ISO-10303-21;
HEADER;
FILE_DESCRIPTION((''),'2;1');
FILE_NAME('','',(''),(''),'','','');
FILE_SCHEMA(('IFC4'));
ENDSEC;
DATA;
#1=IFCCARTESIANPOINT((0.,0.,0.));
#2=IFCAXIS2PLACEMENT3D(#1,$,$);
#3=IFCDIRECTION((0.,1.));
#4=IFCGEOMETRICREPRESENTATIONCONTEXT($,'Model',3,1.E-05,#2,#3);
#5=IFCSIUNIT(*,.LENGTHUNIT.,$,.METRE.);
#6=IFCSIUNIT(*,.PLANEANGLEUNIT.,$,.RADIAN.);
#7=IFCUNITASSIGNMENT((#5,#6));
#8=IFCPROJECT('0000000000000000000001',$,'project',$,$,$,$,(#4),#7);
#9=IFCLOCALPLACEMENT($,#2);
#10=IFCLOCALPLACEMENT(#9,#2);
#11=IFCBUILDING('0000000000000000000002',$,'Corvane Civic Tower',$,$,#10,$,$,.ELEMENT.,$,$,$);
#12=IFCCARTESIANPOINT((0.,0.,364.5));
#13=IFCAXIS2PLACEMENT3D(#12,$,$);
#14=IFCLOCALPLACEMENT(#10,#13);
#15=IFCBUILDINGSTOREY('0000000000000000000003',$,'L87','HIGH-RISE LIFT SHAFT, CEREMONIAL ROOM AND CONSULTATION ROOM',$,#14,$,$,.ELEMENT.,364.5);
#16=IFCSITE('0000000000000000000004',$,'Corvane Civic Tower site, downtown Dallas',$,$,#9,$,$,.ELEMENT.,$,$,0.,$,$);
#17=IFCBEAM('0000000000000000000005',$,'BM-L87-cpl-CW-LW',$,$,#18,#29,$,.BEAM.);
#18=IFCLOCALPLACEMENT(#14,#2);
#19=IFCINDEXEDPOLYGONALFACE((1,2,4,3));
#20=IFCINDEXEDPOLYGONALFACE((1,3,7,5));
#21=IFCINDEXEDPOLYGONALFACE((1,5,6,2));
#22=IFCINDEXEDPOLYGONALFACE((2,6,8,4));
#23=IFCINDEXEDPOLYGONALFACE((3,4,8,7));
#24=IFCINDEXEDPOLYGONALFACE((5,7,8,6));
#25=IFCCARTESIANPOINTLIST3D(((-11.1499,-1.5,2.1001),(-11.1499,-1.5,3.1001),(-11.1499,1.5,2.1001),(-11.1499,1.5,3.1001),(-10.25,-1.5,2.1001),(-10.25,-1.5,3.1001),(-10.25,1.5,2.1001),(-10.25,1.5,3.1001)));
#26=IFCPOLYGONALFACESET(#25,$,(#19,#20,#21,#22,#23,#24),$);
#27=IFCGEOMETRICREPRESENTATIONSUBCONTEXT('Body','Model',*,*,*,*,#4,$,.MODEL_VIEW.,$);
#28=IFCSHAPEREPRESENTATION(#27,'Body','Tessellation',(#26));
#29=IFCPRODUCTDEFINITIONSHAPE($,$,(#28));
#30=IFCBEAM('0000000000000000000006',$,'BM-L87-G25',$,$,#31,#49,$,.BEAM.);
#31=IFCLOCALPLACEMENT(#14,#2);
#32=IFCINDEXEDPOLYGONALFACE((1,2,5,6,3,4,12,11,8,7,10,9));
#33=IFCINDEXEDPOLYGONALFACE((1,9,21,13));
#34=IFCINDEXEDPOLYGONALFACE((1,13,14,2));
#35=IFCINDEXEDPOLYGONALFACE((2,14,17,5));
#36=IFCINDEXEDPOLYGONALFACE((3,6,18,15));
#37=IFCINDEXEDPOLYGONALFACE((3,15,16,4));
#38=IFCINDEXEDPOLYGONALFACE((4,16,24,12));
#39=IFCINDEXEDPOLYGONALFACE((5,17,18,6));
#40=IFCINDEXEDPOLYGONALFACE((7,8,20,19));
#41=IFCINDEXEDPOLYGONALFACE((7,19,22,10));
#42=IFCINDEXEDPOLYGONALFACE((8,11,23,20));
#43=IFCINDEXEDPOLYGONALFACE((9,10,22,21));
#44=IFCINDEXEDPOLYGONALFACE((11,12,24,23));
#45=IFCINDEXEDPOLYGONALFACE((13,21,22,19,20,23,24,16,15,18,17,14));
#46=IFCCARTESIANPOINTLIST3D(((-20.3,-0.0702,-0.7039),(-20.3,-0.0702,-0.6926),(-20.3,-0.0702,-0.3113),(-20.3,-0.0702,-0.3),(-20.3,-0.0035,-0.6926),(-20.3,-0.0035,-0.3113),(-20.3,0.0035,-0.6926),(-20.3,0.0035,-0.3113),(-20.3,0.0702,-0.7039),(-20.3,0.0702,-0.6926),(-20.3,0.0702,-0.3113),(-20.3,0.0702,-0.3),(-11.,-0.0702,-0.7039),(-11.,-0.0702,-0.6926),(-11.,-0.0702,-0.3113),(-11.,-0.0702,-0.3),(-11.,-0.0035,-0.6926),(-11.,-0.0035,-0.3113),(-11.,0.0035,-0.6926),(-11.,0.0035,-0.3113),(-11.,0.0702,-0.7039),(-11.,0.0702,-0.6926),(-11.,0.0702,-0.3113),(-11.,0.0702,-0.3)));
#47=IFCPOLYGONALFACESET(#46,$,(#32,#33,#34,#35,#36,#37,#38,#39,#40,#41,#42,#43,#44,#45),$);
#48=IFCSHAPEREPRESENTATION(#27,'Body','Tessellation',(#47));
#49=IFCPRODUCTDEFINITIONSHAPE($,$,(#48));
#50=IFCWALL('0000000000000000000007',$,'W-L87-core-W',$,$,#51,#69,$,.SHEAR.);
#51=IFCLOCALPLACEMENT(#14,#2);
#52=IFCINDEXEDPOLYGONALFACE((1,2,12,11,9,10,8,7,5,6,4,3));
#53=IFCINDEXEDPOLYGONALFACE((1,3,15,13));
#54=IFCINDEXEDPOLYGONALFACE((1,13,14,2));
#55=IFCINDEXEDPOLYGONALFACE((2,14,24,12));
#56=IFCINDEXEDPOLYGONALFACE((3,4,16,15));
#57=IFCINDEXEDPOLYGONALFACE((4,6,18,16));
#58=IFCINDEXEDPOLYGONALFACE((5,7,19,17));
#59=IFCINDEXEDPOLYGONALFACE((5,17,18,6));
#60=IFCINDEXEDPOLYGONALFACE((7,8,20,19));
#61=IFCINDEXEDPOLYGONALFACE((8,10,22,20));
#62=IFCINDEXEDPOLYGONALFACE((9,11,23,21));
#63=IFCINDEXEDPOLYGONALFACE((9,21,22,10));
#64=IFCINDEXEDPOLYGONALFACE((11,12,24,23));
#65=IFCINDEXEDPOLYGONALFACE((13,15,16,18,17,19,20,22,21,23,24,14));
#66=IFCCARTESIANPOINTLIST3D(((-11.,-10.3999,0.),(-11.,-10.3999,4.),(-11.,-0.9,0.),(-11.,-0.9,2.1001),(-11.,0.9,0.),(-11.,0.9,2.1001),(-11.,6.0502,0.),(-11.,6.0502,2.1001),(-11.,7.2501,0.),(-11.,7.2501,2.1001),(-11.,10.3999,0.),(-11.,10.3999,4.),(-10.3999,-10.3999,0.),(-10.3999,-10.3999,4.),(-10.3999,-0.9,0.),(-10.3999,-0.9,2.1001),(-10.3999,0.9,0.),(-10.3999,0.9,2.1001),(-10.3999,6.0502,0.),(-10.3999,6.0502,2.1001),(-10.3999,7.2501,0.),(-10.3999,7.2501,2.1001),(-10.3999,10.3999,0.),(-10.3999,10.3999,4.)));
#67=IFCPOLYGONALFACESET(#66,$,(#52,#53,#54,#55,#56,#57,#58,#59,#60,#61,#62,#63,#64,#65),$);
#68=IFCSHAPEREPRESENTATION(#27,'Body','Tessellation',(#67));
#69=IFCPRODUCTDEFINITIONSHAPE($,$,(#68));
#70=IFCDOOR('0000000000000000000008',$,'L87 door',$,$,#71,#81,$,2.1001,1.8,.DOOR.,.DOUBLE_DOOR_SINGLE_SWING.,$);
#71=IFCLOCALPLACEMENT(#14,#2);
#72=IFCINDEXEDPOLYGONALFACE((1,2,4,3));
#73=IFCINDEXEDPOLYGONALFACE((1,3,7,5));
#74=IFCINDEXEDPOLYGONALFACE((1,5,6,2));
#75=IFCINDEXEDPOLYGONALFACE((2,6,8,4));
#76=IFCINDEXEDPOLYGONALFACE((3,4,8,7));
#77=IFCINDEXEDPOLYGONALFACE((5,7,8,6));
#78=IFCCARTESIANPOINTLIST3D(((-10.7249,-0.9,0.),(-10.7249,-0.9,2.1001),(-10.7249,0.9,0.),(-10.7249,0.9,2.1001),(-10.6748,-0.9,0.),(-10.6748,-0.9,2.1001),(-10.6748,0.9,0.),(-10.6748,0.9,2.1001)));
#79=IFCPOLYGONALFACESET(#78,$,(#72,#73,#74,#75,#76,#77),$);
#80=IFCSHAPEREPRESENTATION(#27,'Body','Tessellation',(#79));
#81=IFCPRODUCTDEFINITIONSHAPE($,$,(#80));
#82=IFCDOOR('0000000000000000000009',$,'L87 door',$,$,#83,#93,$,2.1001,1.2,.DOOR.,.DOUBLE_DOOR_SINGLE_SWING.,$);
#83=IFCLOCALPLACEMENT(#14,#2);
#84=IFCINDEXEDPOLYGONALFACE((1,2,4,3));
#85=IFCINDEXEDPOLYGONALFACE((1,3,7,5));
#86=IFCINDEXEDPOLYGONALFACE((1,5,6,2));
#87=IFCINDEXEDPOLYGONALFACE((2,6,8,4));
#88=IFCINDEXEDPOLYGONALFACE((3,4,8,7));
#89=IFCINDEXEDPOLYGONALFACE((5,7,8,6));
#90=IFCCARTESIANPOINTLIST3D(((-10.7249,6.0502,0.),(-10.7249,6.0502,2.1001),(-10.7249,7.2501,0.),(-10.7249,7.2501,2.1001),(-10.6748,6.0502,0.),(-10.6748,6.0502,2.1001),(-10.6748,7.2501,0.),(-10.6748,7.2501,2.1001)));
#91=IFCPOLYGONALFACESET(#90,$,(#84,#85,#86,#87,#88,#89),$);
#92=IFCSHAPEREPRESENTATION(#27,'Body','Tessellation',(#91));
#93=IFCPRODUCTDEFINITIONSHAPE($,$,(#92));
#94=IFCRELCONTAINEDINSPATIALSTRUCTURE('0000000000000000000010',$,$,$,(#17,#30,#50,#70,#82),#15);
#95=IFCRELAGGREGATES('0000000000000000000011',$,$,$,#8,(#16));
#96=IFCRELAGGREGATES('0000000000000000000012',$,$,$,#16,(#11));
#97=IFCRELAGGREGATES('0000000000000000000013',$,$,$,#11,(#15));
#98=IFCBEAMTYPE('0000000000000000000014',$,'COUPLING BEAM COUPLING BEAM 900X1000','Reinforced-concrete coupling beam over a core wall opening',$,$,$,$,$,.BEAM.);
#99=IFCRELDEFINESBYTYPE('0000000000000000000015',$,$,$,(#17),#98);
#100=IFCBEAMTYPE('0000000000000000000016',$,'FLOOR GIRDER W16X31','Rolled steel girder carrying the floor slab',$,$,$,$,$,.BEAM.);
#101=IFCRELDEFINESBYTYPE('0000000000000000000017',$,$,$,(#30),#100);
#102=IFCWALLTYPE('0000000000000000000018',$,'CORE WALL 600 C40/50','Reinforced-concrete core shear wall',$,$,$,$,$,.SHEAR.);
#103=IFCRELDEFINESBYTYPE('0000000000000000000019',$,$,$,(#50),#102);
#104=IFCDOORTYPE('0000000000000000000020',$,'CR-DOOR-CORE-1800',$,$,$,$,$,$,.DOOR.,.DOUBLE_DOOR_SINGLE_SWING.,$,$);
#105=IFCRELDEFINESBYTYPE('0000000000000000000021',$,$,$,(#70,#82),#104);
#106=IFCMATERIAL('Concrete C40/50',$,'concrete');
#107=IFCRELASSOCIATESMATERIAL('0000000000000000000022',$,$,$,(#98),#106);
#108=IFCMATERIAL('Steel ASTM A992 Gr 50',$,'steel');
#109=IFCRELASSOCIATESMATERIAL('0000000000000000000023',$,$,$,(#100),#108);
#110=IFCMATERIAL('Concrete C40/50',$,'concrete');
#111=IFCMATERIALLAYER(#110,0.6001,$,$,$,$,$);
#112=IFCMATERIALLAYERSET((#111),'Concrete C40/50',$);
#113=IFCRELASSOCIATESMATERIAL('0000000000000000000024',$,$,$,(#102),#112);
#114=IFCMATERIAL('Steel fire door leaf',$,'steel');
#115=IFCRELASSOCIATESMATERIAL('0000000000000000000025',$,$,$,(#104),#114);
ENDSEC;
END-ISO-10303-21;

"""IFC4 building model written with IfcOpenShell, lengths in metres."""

from ifc_helpers import new_model, si_unit, direction, frame, frame_2d, origin, origin_2d, place, context, subcontext, project, spatial, rectangle, i_section, extrude, material, layer, layer_set, material_profile, profile_set, type_object, element, fill, save


model = new_model("IFC4")

# Units and contexts
model_context = context("Model", 3, precision=1e-05, world=origin(), true_north=direction((0.0, 1.0)))
body_context = subcontext(model_context, "Body", "Model", "MODEL_VIEW")
ifc_project = project(units=[si_unit("LENGTHUNIT", "METRE"), si_unit("PLANEANGLEUNIT", "RADIAN")], contexts=[model_context])

# Site, building, storey
site_placement = place(None, origin())
site = spatial("IfcSite", under=ifc_project, at=site_placement, Name="Corvane Civic Tower site, downtown Dallas", CompositionType="ELEMENT", RefElevation=0.0)
building_placement = place(site_placement, origin())
building = spatial("IfcBuilding", under=site, at=building_placement, Name="Corvane Civic Tower", CompositionType="ELEMENT")
storey_placement = place(building_placement, frame((0.0, 0.0, 364.5)))
storey = spatial("IfcBuildingStorey", under=building, at=storey_placement, Name="L87", Description="HIGH-RISE LIFT SHAFT, CEREMONIAL ROOM AND CONSULTATION ROOM", CompositionType="ELEMENT", Elevation=364.5)

# Beams
ifc_material_1 = material(Name="Concrete C40/50", Category="concrete")
ifc_material_profile_1 = material_profile(ifc_material_1, rectangle(XDim=0.8999, YDim=1.0, at=origin_2d()), Name="COUPLING BEAM 900X1000")
ifc_profile_set_1 = profile_set([ifc_material_profile_1], Name="Concrete C40/50")
beam_type_1 = type_object("IfcBeamType", Name="COUPLING BEAM COUPLING BEAM 900X1000", Description="Reinforced-concrete coupling beam over a core wall opening", PredefinedType="BEAM", material=ifc_profile_set_1)
beam_1_placement = place(storey_placement, frame((-10.7, -1.5, 2.6001), z_axis=(0.0, 1.0, 0.0), x_axis=(-1.0, 0.0, 0.0)))
element("IfcBeam", 1, at=beam_1_placement, inside=storey, type_object=beam_type_1, Name="BM-L87-cpl-CW-LW", PredefinedType="BEAM", context=body_context, shape_type="SweptSolid", body=[
    extrude(rectangle(XDim=0.8999, YDim=1.0, at=origin_2d()), origin(), (0.0, 0.0, 1.0), 3.0),
])
ifc_material_2 = material(Name="Steel ASTM A992 Gr 50", Category="steel")
ifc_material_profile_2 = material_profile(ifc_material_2, i_section(OverallWidth=0.1404, OverallDepth=0.4038, WebThickness=0.0071, FlangeThickness=0.0112, at=origin_2d()), Name="W16X31")
ifc_profile_set_2 = profile_set([ifc_material_profile_2], Name="Steel ASTM A992 Gr 50")
beam_type_2 = type_object("IfcBeamType", Name="FLOOR GIRDER W16X31", Description="Rolled steel girder carrying the floor slab", PredefinedType="BEAM", material=ifc_profile_set_2)
beam_2_placement = place(storey_placement, frame((-11.0, 0.0, -0.502), z_axis=(-1.0, 0.0, 0.0), x_axis=(0.0, -1.0, 0.0)))
element("IfcBeam", 2, at=beam_2_placement, inside=storey, type_object=beam_type_2, Name="BM-L87-G25", PredefinedType="BEAM", context=body_context, shape_type="SweptSolid", body=[
    extrude(i_section(OverallWidth=0.1404, OverallDepth=0.4038, WebThickness=0.0071, FlangeThickness=0.0112, at=origin_2d()), origin(), (0.0, 0.0, 1.0), 9.3),
])

# Wall, openings, doors
ifc_material_3 = material(Name="Concrete C40/50", Category="concrete")
ifc_layer_1 = layer(ifc_material_3, 0.6001)
ifc_layer_set_1 = layer_set([ifc_layer_1], Name="Concrete C40/50")
wall_type_1 = type_object("IfcWallType", Name="CORE WALL 600 C40/50", Description="Reinforced-concrete core shear wall", PredefinedType="SHEAR", material=ifc_layer_set_1)
wall_1_placement = place(storey_placement, frame((-10.7, -10.3999, 0.0), z_axis=(0.0, 0.0, 1.0), x_axis=(0.0, 1.0, 0.0)))
wall_1 = element("IfcWall", 3, at=wall_1_placement, inside=storey, type_object=wall_type_1, Name="W-L87-core-W", PredefinedType="SHEAR", context=body_context, shape_type="SweptSolid", body=[
    extrude(rectangle(XDim=20.7998, YDim=0.6001, at=frame_2d((10.3999, 0.0))), origin(), (0.0, 0.0, 1.0), 4.0),
])
opening_1_placement = place(wall_1_placement, frame((9.5, 0.0, 0.0)))
opening_1 = element("IfcOpeningElement", 4, at=opening_1_placement, cuts=wall_1, PredefinedType="OPENING", context=body_context, shape_type="SweptSolid", body=[
    extrude(rectangle(XDim=1.8, YDim=2.1001, at=frame_2d((0.8999, 1.05))), frame((0.0, 0.3101, 0.0), z_axis=(0.0, -1.0, 0.0), x_axis=(1.0, 0.0, 0.0)), (0.0, 0.0, 1.0), 0.6201),
])
opening_2_placement = place(wall_1_placement, frame((16.45, 0.0, 0.0)))
opening_2 = element("IfcOpeningElement", 5, at=opening_2_placement, cuts=wall_1, PredefinedType="OPENING", context=body_context, shape_type="SweptSolid", body=[
    extrude(rectangle(XDim=1.2, YDim=2.1001, at=frame_2d((0.6001, 1.05))), frame((0.0, 0.3101, 0.0), z_axis=(0.0, -1.0, 0.0), x_axis=(1.0, 0.0, 0.0)), (0.0, 0.0, 1.0), 0.6201),
])
ifc_material_4 = material(Name="Steel fire door leaf", Category="steel")
door_type_1 = type_object("IfcDoorType", Name="CR-DOOR-CORE-1800", OperationType="DOUBLE_DOOR_SINGLE_SWING", PredefinedType="DOOR", material=ifc_material_4)
door_1_placement = place(opening_1_placement, origin())
door_1 = element("IfcDoor", 6, at=door_1_placement, inside=storey, type_object=door_type_1, Name="L87 door", OperationType="DOUBLE_DOOR_SINGLE_SWING", OverallHeight=2.1001, OverallWidth=1.8, PredefinedType="DOOR", context=body_context, shape_type="SweptSolid", body=[
    extrude(rectangle(XDim=1.8, YDim=2.1001, at=frame_2d((0.8999, 1.05))), frame((0.0, 0.0249, 0.0), z_axis=(0.0, -1.0, 0.0), x_axis=(1.0, 0.0, 0.0)), (0.0, 0.0, 1.0), 0.05),
])
fill(opening_1, door_1)
door_2_placement = place(opening_2_placement, origin())
door_2 = element("IfcDoor", 7, at=door_2_placement, inside=storey, type_object=door_type_1, Name="L87 door", OperationType="DOUBLE_DOOR_SINGLE_SWING", OverallHeight=2.1001, OverallWidth=1.2, PredefinedType="DOOR", context=body_context, shape_type="SweptSolid", body=[
    extrude(rectangle(XDim=1.2, YDim=2.1001, at=frame_2d((0.6001, 1.05))), frame((0.0, 0.0249, 0.0), z_axis=(0.0, -1.0, 0.0), x_axis=(1.0, 0.0, 0.0)), (0.0, 0.0, 1.0), 0.05),
])
fill(opening_2, door_2)

save(model, "model.ifc")
